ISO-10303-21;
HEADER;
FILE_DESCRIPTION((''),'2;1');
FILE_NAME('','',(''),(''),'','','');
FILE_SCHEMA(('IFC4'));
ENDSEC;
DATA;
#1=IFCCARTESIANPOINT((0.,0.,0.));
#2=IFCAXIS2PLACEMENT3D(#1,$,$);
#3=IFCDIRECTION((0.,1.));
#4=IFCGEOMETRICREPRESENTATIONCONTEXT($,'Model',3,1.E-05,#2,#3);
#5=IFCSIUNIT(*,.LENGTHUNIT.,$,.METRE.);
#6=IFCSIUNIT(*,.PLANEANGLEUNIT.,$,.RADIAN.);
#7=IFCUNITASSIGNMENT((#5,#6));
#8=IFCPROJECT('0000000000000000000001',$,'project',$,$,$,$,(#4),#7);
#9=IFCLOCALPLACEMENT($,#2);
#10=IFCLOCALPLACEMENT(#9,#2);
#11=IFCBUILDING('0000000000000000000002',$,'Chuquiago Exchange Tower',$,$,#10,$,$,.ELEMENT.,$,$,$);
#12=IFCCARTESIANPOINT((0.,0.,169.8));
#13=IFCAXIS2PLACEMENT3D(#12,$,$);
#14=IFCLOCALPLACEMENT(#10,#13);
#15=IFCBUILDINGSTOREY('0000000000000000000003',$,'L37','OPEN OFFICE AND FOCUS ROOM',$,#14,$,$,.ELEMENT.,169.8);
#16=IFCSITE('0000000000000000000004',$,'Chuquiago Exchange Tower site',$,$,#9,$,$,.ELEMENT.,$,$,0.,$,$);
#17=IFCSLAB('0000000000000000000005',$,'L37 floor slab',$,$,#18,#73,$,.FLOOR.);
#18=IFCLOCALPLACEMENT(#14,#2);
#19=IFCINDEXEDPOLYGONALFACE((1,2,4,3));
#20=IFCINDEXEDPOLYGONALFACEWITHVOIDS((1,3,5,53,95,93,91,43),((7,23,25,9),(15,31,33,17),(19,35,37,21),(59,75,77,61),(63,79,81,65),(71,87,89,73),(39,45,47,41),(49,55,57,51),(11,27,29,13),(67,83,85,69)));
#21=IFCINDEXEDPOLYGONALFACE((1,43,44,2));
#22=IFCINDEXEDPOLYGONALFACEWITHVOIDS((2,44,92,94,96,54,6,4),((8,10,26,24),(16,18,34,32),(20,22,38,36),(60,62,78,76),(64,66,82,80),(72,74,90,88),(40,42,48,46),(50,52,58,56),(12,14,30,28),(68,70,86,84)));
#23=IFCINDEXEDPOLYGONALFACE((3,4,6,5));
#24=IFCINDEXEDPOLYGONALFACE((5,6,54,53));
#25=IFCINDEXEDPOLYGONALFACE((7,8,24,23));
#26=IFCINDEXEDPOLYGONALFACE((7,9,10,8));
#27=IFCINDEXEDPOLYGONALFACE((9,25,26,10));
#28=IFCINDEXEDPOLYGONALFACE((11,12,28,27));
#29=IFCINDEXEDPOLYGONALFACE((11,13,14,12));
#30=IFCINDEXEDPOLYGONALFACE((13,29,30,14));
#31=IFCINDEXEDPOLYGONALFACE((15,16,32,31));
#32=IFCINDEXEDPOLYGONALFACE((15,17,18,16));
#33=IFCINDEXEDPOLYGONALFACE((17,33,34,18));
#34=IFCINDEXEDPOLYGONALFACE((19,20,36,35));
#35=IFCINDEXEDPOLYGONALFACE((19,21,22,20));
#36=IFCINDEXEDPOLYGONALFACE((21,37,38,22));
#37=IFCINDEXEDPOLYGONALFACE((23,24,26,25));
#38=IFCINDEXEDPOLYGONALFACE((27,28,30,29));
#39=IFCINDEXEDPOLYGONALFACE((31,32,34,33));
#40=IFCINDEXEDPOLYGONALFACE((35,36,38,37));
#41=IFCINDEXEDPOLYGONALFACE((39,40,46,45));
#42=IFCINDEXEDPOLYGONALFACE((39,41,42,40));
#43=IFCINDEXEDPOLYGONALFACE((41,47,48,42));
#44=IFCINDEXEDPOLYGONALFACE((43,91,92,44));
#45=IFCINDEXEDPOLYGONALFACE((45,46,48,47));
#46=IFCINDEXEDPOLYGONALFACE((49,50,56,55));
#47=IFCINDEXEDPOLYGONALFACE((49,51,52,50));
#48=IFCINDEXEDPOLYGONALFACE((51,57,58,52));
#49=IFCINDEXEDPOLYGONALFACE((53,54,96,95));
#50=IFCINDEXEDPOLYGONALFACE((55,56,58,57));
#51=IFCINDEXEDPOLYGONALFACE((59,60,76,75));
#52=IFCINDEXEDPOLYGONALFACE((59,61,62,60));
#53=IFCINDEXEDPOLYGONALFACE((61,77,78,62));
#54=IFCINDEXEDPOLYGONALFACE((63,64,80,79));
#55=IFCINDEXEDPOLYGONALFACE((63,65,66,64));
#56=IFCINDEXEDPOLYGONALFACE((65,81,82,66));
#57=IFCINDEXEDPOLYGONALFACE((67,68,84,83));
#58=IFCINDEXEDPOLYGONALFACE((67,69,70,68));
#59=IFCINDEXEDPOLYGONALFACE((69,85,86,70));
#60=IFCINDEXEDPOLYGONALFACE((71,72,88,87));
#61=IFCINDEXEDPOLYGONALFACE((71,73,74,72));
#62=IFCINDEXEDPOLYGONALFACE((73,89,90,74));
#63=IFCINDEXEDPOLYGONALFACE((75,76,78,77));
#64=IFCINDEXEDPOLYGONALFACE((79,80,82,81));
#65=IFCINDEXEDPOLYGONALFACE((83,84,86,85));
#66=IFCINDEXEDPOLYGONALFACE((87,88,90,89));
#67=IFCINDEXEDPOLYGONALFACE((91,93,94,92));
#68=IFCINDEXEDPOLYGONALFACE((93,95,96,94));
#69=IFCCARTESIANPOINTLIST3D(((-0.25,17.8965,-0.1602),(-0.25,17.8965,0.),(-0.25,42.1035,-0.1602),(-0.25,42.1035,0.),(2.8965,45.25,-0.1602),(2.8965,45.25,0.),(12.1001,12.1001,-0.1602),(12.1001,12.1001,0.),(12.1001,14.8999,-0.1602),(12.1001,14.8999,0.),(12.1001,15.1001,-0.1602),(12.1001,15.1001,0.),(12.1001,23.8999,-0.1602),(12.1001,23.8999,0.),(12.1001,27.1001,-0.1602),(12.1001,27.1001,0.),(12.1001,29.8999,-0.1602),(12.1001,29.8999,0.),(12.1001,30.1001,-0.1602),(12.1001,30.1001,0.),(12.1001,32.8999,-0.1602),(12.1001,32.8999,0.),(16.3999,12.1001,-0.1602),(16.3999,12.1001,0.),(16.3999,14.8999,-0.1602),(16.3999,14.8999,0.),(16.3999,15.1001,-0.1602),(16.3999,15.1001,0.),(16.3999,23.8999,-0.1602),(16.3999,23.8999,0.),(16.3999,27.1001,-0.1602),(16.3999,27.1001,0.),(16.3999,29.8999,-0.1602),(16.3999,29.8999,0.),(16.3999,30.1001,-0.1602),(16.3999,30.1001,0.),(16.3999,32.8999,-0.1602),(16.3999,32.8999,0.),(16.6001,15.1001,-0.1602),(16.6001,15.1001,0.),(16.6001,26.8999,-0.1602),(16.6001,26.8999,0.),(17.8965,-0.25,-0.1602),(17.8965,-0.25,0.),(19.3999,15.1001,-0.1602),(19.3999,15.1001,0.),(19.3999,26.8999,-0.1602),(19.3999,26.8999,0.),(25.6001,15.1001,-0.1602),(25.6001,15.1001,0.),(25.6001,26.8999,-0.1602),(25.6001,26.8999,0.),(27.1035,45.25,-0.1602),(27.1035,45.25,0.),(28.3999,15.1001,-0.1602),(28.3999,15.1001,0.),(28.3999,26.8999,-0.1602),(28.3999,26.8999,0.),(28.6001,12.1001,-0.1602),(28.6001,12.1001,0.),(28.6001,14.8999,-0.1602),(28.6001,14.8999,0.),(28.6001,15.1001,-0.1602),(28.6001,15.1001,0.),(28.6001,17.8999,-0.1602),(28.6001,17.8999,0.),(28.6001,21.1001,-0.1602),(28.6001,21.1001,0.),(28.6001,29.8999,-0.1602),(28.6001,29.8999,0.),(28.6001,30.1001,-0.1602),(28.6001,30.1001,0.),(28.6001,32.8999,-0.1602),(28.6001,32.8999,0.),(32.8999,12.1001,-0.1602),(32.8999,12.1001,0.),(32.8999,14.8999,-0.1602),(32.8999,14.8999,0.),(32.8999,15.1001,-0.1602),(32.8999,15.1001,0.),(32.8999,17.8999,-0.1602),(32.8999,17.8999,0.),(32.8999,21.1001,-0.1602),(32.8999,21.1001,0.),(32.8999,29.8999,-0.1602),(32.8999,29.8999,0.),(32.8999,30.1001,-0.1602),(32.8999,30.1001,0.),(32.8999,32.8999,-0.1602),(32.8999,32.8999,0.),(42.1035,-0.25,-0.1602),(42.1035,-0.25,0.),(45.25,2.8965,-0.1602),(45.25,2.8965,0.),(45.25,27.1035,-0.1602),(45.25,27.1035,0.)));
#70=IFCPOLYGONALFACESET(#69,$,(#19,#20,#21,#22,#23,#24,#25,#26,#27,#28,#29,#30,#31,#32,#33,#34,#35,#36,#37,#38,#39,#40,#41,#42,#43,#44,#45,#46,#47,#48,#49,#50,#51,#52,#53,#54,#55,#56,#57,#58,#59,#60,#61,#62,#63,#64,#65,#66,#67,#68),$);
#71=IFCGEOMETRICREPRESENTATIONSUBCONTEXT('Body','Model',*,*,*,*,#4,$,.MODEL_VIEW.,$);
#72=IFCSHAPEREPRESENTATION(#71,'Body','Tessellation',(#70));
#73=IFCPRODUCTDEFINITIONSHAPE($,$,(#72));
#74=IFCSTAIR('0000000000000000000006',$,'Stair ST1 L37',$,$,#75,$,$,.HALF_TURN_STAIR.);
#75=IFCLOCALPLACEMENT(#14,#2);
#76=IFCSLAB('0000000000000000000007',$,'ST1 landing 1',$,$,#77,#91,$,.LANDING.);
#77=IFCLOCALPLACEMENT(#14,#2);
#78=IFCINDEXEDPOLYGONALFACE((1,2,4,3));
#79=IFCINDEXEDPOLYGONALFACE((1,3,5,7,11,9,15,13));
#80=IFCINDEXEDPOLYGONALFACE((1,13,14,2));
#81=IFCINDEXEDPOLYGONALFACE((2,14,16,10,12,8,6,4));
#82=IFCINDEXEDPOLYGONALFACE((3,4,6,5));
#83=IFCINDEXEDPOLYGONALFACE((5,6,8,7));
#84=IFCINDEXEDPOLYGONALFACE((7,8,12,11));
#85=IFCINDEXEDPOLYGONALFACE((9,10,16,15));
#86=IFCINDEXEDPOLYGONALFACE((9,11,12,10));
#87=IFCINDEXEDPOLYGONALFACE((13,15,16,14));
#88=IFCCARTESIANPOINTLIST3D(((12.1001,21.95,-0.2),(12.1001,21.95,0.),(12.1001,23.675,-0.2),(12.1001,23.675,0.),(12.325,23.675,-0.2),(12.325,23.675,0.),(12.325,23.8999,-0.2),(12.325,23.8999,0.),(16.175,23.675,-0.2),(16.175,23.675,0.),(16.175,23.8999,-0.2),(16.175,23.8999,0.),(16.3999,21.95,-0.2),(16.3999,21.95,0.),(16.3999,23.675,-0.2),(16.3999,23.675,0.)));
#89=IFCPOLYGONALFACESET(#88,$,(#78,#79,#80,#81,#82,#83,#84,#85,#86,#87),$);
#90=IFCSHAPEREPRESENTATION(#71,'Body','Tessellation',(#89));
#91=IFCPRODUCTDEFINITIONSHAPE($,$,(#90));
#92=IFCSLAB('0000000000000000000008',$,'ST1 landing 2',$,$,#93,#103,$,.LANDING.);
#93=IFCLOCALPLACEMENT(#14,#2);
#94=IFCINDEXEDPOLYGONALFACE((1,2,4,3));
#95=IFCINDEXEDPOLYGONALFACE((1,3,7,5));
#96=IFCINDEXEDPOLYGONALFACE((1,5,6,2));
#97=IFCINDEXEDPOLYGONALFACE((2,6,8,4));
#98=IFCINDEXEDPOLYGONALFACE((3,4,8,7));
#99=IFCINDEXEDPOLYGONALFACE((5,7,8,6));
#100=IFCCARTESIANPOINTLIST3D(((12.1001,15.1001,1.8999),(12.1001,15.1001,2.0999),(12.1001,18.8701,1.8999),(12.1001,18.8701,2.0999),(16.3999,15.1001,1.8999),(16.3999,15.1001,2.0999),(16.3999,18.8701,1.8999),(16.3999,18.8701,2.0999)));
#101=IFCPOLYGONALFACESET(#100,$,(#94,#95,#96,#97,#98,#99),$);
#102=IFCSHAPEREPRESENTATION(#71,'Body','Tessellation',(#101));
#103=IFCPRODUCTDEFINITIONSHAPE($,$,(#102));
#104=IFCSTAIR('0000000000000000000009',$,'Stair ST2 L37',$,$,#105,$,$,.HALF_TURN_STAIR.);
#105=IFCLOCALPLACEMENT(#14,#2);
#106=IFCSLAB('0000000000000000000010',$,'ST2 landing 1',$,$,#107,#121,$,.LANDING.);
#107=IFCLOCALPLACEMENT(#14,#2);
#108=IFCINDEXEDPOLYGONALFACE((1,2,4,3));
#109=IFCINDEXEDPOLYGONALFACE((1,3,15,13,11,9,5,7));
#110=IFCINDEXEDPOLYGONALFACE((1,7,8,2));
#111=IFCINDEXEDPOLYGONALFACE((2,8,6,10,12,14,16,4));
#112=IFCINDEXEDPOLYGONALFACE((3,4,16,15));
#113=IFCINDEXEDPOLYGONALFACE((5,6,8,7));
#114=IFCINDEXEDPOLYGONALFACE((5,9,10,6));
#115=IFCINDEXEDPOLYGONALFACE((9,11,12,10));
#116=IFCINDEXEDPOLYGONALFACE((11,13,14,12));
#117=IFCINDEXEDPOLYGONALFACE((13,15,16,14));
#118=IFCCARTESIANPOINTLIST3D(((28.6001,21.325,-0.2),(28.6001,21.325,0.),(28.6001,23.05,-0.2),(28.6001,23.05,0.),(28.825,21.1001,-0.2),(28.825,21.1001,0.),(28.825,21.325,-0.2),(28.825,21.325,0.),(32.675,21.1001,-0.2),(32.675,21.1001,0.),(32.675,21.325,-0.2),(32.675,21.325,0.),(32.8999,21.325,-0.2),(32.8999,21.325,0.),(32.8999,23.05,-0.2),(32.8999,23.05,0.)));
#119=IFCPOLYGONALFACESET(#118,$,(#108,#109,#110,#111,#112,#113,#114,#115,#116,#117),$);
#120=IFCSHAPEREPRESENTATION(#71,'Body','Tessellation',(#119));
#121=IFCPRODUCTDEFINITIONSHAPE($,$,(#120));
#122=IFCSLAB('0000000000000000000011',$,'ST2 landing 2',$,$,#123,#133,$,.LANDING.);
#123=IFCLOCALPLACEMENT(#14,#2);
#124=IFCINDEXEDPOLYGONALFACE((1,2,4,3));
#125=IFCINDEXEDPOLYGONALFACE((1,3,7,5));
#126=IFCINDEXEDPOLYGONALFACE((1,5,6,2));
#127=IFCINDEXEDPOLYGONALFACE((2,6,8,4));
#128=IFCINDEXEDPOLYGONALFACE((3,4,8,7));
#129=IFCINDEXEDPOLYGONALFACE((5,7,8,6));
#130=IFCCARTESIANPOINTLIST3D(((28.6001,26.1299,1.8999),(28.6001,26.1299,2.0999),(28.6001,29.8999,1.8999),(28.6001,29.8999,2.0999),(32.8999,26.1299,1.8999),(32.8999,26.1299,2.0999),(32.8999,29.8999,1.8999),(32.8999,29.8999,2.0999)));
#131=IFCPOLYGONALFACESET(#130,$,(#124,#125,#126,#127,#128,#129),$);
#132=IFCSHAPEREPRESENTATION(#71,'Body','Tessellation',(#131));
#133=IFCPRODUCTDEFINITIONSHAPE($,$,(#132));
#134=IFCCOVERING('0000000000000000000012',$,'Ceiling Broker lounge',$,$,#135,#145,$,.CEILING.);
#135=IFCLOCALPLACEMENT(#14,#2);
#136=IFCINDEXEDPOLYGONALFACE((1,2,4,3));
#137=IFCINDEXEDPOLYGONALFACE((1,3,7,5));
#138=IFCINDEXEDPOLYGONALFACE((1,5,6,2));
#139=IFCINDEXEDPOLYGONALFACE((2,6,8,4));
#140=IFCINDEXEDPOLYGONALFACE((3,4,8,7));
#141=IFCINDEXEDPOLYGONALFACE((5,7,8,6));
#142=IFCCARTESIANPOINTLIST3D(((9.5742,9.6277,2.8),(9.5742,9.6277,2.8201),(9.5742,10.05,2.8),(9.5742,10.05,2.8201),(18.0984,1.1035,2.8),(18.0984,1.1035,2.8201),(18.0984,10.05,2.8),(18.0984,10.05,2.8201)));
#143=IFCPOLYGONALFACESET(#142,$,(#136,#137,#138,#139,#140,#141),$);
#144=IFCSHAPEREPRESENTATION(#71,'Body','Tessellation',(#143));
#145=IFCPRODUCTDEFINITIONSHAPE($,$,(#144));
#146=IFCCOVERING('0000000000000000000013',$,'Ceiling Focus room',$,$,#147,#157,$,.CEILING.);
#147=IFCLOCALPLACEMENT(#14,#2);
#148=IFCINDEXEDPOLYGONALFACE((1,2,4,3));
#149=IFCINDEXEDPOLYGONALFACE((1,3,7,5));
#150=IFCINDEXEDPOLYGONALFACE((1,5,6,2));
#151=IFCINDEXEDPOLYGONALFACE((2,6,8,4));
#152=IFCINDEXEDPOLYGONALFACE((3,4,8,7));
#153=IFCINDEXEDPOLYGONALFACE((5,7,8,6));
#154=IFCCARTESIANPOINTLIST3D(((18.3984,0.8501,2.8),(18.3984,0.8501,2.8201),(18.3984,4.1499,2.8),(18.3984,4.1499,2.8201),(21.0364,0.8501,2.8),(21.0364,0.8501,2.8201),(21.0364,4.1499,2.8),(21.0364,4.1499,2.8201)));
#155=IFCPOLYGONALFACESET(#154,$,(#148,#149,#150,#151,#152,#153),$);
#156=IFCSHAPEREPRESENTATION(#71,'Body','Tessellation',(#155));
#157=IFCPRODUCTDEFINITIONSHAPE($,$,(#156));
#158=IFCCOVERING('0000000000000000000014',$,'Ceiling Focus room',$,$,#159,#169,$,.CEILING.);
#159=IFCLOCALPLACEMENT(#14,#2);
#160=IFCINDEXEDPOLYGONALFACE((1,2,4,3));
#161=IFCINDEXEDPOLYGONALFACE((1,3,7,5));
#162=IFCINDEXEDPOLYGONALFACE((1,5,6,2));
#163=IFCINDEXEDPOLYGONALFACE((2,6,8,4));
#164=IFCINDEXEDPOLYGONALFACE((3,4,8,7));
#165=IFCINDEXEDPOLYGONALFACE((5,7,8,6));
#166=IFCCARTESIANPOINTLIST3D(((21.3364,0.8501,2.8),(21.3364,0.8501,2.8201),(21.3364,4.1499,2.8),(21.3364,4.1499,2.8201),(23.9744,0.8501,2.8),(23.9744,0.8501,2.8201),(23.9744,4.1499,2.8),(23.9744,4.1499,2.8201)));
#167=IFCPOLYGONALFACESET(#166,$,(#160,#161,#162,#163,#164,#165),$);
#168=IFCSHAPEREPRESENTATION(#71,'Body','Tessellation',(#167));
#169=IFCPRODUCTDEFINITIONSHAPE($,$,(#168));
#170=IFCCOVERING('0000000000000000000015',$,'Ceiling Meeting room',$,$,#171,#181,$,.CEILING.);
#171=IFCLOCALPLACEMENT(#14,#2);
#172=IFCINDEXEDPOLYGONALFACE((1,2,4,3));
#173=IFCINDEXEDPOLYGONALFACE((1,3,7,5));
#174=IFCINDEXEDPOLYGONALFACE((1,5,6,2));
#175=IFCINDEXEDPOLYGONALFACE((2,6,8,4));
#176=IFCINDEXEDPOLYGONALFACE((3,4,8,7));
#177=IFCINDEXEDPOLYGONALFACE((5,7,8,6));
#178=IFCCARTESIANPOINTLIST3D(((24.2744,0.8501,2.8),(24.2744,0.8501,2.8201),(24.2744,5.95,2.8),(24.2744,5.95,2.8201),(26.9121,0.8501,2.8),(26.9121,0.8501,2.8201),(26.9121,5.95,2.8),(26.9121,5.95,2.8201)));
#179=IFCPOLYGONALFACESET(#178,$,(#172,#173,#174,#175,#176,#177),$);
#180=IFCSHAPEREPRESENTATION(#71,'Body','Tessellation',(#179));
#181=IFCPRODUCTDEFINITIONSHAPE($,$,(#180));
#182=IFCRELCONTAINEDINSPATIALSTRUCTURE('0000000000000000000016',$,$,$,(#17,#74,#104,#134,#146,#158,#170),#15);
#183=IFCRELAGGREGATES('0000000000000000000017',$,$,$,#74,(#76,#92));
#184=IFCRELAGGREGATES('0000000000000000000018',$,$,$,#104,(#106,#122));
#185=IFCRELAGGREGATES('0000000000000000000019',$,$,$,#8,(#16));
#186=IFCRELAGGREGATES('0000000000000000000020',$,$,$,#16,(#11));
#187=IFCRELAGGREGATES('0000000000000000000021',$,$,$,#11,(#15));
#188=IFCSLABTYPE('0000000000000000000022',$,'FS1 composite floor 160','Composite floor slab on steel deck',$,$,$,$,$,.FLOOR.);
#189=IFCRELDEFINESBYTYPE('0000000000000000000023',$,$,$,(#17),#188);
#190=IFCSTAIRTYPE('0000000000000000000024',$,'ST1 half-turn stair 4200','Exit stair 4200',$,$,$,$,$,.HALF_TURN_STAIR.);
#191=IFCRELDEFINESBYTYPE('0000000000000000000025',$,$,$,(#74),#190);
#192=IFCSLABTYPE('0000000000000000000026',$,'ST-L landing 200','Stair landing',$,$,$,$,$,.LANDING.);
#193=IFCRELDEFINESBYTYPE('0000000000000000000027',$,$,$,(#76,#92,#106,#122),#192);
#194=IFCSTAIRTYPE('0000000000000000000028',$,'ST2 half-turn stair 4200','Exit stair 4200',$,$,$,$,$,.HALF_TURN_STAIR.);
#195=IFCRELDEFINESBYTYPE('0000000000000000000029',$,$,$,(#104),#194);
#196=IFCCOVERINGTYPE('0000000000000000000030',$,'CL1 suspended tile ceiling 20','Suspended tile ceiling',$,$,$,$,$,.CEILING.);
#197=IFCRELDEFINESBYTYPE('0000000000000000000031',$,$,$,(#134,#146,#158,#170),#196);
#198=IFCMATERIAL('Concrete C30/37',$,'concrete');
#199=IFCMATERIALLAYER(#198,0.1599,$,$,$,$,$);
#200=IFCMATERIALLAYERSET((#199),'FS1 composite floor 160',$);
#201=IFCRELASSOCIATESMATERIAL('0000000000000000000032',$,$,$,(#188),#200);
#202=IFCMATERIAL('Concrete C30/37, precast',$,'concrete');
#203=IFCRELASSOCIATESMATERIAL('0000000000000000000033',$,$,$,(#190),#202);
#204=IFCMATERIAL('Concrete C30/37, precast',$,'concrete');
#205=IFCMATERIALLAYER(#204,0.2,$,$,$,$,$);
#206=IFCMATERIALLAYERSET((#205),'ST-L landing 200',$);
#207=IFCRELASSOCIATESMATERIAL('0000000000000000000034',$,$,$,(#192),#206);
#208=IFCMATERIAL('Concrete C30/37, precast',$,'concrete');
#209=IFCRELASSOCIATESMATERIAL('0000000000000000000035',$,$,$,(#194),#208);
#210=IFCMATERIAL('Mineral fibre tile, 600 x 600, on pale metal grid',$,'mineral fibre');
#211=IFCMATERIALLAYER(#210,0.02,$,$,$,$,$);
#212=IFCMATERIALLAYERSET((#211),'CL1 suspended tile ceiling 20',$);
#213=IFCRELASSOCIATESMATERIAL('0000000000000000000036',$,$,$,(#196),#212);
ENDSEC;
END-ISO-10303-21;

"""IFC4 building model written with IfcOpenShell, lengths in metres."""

from ifc_helpers import new_model, si_unit, direction, frame, origin, place, context, subcontext, project, spatial, polyline, outline, extrude, material, layer, layer_set, type_object, element, aggregate, save


model = new_model("IFC4")

# Units and contexts
model_context = context("Model", 3, precision=1e-05, world=origin(), true_north=direction((0.0, 1.0)))
body_context = subcontext(model_context, "Body", "Model", "MODEL_VIEW")
ifc_project = project(units=[si_unit("LENGTHUNIT", "METRE"), si_unit("PLANEANGLEUNIT", "RADIAN")], contexts=[model_context])

# Site, building, storey
site_placement = place(None, origin())
site = spatial("IfcSite", under=ifc_project, at=site_placement, Name="Chuquiago Exchange Tower site", CompositionType="ELEMENT", RefElevation=0.0)
building_placement = place(site_placement, origin())
building = spatial("IfcBuilding", under=site, at=building_placement, Name="Chuquiago Exchange Tower", CompositionType="ELEMENT")
storey_placement = place(building_placement, frame((0.0, 0.0, 169.8)))
storey = spatial("IfcBuildingStorey", under=building, at=storey_placement, Name="L37", Description="OPEN OFFICE AND FOCUS ROOM", CompositionType="ELEMENT", Elevation=169.8)

# Slab
ifc_material_1 = material(Name="Concrete C30/37", Category="concrete")
ifc_layer_1 = layer(ifc_material_1, 0.1599)
ifc_layer_set_1 = layer_set([ifc_layer_1], Name="FS1 composite floor 160")
slab_type_1 = type_object("IfcSlabType", Name="FS1 composite floor 160", Description="Composite floor slab on steel deck", PredefinedType="FLOOR", material=ifc_layer_set_1)
slab_1_placement = place(storey_placement, frame((0.0, 0.0, -0.1602)))
element("IfcSlab", 1, at=slab_1_placement, inside=storey, type_object=slab_type_1, Name="L37 floor slab", PredefinedType="FLOOR", context=body_context, shape_type="SweptSolid", body=[
    extrude(outline(polyline([(17.8965, -0.25), (-0.25, 17.8965), (-0.25, 42.1035), (2.8965, 45.25), (27.1035, 45.25), (45.25, 27.1035), (45.25, 2.8965), (42.1035, -0.25), (17.8965, -0.25)]), holes=[polyline([(16.3999, 15.1001), (12.1001, 15.1001), (12.1001, 23.8999), (16.3999, 23.8999), (16.3999, 15.1001)]), polyline([(32.8999, 21.1001), (28.6001, 21.1001), (28.6001, 29.8999), (32.8999, 29.8999), (32.8999, 21.1001)]), polyline([(16.3999, 12.1001), (12.1001, 12.1001), (12.1001, 14.8999), (16.3999, 14.8999), (16.3999, 12.1001)]), polyline([(16.3999, 30.1001), (12.1001, 30.1001), (12.1001, 32.8999), (16.3999, 32.8999), (16.3999, 30.1001)]), polyline([(32.8999, 12.1001), (28.6001, 12.1001), (28.6001, 14.8999), (32.8999, 14.8999), (32.8999, 12.1001)]), polyline([(32.8999, 30.1001), (28.6001, 30.1001), (28.6001, 32.8999), (32.8999, 32.8999), (32.8999, 30.1001)]), polyline([(16.3999, 27.1001), (12.1001, 27.1001), (12.1001, 29.8999), (16.3999, 29.8999), (16.3999, 27.1001)]), polyline([(32.8999, 15.1001), (28.6001, 15.1001), (28.6001, 17.8999), (32.8999, 17.8999), (32.8999, 15.1001)]), polyline([(19.3999, 15.1001), (16.6001, 15.1001), (16.6001, 26.8999), (19.3999, 26.8999), (19.3999, 15.1001)]), polyline([(28.3999, 15.1001), (25.6001, 15.1001), (25.6001, 26.8999), (28.3999, 26.8999), (28.3999, 15.1001)])]), origin(), (0.0, 0.0, 1.0), 0.1602),
])

# Stairs, slabs
ifc_material_2 = material(Name="Concrete C30/37, precast", Category="concrete")
stair_type_1 = type_object("IfcStairType", Name="ST1 half-turn stair 4200", Description="Exit stair 4200", PredefinedType="HALF_TURN_STAIR", material=ifc_material_2)
stair_1_placement = place(storey_placement, origin())
stair_1 = element("IfcStair", 2, at=stair_1_placement, inside=storey, type_object=stair_type_1, Name="Stair ST1 L37", PredefinedType="HALF_TURN_STAIR")
ifc_material_3 = material(Name="Concrete C30/37, precast", Category="concrete")
ifc_layer_2 = layer(ifc_material_3, 0.2)
ifc_layer_set_2 = layer_set([ifc_layer_2], Name="ST-L landing 200")
slab_type_2 = type_object("IfcSlabType", Name="ST-L landing 200", Description="Stair landing", PredefinedType="LANDING", material=ifc_layer_set_2)
slab_2_placement = place(storey_placement, frame((0.0, 0.0, -0.2)))
slab_2 = element("IfcSlab", 3, at=slab_2_placement, type_object=slab_type_2, Name="ST1 landing 1", PredefinedType="LANDING", context=body_context, shape_type="SweptSolid", body=[
    extrude(outline(polyline([(12.325, 23.8999), (16.175, 23.8999), (16.175, 23.675), (16.3999, 23.675), (16.3999, 21.95), (12.1001, 21.95), (12.1001, 23.675), (12.325, 23.675), (12.325, 23.8999)])), origin(), (0.0, 0.0, 1.0), 0.2),
])
slab_3_placement = place(storey_placement, frame((0.0, 0.0, 1.8999)))
slab_3 = element("IfcSlab", 4, at=slab_3_placement, type_object=slab_type_2, Name="ST1 landing 2", PredefinedType="LANDING", context=body_context, shape_type="SweptSolid", body=[
    extrude(outline(polyline([(12.1001, 18.8701), (16.3999, 18.8701), (16.3999, 15.1001), (12.1001, 15.1001), (12.1001, 18.8701)])), origin(), (0.0, 0.0, 1.0), 0.2),
])
aggregate(stair_1, [slab_2, slab_3])
ifc_material_4 = material(Name="Concrete C30/37, precast", Category="concrete")
stair_type_2 = type_object("IfcStairType", Name="ST2 half-turn stair 4200", Description="Exit stair 4200", PredefinedType="HALF_TURN_STAIR", material=ifc_material_4)
stair_2_placement = place(storey_placement, origin())
stair_2 = element("IfcStair", 5, at=stair_2_placement, inside=storey, type_object=stair_type_2, Name="Stair ST2 L37", PredefinedType="HALF_TURN_STAIR")
slab_4_placement = place(storey_placement, frame((0.0, 0.0, -0.2)))
slab_4 = element("IfcSlab", 6, at=slab_4_placement, type_object=slab_type_2, Name="ST2 landing 1", PredefinedType="LANDING", context=body_context, shape_type="SweptSolid", body=[
    extrude(outline(polyline([(32.675, 21.325), (32.675, 21.1001), (28.825, 21.1001), (28.825, 21.325), (28.6001, 21.325), (28.6001, 23.05), (32.8999, 23.05), (32.8999, 21.325), (32.675, 21.325)])), origin(), (0.0, 0.0, 1.0), 0.2),
])
slab_5_placement = place(storey_placement, frame((0.0, 0.0, 1.8999)))
slab_5 = element("IfcSlab", 7, at=slab_5_placement, type_object=slab_type_2, Name="ST2 landing 2", PredefinedType="LANDING", context=body_context, shape_type="SweptSolid", body=[
    extrude(outline(polyline([(28.6001, 29.8999), (32.8999, 29.8999), (32.8999, 26.1299), (28.6001, 26.1299), (28.6001, 29.8999)])), origin(), (0.0, 0.0, 1.0), 0.2),
])
aggregate(stair_2, [slab_4, slab_5])

# Coverings
ifc_material_5 = material(Name="Mineral fibre tile, 600 x 600, on pale metal grid", Category="mineral fibre")
ifc_layer_3 = layer(ifc_material_5, 0.02)
ifc_layer_set_3 = layer_set([ifc_layer_3], Name="CL1 suspended tile ceiling 20")
covering_type_1 = type_object("IfcCoveringType", Name="CL1 suspended tile ceiling 20", Description="Suspended tile ceiling", PredefinedType="CEILING", material=ifc_layer_set_3)
covering_1_placement = place(storey_placement, frame((0.0, 0.0, 2.8)))
element("IfcCovering", 8, at=covering_1_placement, inside=storey, type_object=covering_type_1, Name="Ceiling Broker lounge", PredefinedType="CEILING", context=body_context, shape_type="SweptSolid", body=[
    extrude(outline(polyline([(9.5742, 10.05), (18.0984, 10.05), (18.0984, 1.1035), (9.5742, 9.6277), (9.5742, 10.05)])), origin(), (0.0, 0.0, 1.0), 0.02),
])
covering_2_placement = place(storey_placement, frame((0.0, 0.0, 2.8)))
element("IfcCovering", 9, at=covering_2_placement, inside=storey, type_object=covering_type_1, Name="Ceiling Focus room", PredefinedType="CEILING", context=body_context, shape_type="SweptSolid", body=[
    extrude(outline(polyline([(18.3984, 4.1499), (21.0364, 4.1499), (21.0364, 0.8501), (18.3984, 0.8501), (18.3984, 4.1499)])), origin(), (0.0, 0.0, 1.0), 0.02),
])
covering_3_placement = place(storey_placement, frame((0.0, 0.0, 2.8)))
element("IfcCovering", 10, at=covering_3_placement, inside=storey, type_object=covering_type_1, Name="Ceiling Focus room", PredefinedType="CEILING", context=body_context, shape_type="SweptSolid", body=[
    extrude(outline(polyline([(21.3364, 4.1499), (23.9744, 4.1499), (23.9744, 0.8501), (21.3364, 0.8501), (21.3364, 4.1499)])), origin(), (0.0, 0.0, 1.0), 0.02),
])
covering_4_placement = place(storey_placement, frame((0.0, 0.0, 2.8)))
element("IfcCovering", 11, at=covering_4_placement, inside=storey, type_object=covering_type_1, Name="Ceiling Meeting room", PredefinedType="CEILING", context=body_context, shape_type="SweptSolid", body=[
    extrude(outline(polyline([(24.2744, 5.95), (26.9121, 5.95), (26.9121, 0.8501), (24.2744, 0.8501), (24.2744, 5.95)])), origin(), (0.0, 0.0, 1.0), 0.02),
])

save(model, "model.ifc")
